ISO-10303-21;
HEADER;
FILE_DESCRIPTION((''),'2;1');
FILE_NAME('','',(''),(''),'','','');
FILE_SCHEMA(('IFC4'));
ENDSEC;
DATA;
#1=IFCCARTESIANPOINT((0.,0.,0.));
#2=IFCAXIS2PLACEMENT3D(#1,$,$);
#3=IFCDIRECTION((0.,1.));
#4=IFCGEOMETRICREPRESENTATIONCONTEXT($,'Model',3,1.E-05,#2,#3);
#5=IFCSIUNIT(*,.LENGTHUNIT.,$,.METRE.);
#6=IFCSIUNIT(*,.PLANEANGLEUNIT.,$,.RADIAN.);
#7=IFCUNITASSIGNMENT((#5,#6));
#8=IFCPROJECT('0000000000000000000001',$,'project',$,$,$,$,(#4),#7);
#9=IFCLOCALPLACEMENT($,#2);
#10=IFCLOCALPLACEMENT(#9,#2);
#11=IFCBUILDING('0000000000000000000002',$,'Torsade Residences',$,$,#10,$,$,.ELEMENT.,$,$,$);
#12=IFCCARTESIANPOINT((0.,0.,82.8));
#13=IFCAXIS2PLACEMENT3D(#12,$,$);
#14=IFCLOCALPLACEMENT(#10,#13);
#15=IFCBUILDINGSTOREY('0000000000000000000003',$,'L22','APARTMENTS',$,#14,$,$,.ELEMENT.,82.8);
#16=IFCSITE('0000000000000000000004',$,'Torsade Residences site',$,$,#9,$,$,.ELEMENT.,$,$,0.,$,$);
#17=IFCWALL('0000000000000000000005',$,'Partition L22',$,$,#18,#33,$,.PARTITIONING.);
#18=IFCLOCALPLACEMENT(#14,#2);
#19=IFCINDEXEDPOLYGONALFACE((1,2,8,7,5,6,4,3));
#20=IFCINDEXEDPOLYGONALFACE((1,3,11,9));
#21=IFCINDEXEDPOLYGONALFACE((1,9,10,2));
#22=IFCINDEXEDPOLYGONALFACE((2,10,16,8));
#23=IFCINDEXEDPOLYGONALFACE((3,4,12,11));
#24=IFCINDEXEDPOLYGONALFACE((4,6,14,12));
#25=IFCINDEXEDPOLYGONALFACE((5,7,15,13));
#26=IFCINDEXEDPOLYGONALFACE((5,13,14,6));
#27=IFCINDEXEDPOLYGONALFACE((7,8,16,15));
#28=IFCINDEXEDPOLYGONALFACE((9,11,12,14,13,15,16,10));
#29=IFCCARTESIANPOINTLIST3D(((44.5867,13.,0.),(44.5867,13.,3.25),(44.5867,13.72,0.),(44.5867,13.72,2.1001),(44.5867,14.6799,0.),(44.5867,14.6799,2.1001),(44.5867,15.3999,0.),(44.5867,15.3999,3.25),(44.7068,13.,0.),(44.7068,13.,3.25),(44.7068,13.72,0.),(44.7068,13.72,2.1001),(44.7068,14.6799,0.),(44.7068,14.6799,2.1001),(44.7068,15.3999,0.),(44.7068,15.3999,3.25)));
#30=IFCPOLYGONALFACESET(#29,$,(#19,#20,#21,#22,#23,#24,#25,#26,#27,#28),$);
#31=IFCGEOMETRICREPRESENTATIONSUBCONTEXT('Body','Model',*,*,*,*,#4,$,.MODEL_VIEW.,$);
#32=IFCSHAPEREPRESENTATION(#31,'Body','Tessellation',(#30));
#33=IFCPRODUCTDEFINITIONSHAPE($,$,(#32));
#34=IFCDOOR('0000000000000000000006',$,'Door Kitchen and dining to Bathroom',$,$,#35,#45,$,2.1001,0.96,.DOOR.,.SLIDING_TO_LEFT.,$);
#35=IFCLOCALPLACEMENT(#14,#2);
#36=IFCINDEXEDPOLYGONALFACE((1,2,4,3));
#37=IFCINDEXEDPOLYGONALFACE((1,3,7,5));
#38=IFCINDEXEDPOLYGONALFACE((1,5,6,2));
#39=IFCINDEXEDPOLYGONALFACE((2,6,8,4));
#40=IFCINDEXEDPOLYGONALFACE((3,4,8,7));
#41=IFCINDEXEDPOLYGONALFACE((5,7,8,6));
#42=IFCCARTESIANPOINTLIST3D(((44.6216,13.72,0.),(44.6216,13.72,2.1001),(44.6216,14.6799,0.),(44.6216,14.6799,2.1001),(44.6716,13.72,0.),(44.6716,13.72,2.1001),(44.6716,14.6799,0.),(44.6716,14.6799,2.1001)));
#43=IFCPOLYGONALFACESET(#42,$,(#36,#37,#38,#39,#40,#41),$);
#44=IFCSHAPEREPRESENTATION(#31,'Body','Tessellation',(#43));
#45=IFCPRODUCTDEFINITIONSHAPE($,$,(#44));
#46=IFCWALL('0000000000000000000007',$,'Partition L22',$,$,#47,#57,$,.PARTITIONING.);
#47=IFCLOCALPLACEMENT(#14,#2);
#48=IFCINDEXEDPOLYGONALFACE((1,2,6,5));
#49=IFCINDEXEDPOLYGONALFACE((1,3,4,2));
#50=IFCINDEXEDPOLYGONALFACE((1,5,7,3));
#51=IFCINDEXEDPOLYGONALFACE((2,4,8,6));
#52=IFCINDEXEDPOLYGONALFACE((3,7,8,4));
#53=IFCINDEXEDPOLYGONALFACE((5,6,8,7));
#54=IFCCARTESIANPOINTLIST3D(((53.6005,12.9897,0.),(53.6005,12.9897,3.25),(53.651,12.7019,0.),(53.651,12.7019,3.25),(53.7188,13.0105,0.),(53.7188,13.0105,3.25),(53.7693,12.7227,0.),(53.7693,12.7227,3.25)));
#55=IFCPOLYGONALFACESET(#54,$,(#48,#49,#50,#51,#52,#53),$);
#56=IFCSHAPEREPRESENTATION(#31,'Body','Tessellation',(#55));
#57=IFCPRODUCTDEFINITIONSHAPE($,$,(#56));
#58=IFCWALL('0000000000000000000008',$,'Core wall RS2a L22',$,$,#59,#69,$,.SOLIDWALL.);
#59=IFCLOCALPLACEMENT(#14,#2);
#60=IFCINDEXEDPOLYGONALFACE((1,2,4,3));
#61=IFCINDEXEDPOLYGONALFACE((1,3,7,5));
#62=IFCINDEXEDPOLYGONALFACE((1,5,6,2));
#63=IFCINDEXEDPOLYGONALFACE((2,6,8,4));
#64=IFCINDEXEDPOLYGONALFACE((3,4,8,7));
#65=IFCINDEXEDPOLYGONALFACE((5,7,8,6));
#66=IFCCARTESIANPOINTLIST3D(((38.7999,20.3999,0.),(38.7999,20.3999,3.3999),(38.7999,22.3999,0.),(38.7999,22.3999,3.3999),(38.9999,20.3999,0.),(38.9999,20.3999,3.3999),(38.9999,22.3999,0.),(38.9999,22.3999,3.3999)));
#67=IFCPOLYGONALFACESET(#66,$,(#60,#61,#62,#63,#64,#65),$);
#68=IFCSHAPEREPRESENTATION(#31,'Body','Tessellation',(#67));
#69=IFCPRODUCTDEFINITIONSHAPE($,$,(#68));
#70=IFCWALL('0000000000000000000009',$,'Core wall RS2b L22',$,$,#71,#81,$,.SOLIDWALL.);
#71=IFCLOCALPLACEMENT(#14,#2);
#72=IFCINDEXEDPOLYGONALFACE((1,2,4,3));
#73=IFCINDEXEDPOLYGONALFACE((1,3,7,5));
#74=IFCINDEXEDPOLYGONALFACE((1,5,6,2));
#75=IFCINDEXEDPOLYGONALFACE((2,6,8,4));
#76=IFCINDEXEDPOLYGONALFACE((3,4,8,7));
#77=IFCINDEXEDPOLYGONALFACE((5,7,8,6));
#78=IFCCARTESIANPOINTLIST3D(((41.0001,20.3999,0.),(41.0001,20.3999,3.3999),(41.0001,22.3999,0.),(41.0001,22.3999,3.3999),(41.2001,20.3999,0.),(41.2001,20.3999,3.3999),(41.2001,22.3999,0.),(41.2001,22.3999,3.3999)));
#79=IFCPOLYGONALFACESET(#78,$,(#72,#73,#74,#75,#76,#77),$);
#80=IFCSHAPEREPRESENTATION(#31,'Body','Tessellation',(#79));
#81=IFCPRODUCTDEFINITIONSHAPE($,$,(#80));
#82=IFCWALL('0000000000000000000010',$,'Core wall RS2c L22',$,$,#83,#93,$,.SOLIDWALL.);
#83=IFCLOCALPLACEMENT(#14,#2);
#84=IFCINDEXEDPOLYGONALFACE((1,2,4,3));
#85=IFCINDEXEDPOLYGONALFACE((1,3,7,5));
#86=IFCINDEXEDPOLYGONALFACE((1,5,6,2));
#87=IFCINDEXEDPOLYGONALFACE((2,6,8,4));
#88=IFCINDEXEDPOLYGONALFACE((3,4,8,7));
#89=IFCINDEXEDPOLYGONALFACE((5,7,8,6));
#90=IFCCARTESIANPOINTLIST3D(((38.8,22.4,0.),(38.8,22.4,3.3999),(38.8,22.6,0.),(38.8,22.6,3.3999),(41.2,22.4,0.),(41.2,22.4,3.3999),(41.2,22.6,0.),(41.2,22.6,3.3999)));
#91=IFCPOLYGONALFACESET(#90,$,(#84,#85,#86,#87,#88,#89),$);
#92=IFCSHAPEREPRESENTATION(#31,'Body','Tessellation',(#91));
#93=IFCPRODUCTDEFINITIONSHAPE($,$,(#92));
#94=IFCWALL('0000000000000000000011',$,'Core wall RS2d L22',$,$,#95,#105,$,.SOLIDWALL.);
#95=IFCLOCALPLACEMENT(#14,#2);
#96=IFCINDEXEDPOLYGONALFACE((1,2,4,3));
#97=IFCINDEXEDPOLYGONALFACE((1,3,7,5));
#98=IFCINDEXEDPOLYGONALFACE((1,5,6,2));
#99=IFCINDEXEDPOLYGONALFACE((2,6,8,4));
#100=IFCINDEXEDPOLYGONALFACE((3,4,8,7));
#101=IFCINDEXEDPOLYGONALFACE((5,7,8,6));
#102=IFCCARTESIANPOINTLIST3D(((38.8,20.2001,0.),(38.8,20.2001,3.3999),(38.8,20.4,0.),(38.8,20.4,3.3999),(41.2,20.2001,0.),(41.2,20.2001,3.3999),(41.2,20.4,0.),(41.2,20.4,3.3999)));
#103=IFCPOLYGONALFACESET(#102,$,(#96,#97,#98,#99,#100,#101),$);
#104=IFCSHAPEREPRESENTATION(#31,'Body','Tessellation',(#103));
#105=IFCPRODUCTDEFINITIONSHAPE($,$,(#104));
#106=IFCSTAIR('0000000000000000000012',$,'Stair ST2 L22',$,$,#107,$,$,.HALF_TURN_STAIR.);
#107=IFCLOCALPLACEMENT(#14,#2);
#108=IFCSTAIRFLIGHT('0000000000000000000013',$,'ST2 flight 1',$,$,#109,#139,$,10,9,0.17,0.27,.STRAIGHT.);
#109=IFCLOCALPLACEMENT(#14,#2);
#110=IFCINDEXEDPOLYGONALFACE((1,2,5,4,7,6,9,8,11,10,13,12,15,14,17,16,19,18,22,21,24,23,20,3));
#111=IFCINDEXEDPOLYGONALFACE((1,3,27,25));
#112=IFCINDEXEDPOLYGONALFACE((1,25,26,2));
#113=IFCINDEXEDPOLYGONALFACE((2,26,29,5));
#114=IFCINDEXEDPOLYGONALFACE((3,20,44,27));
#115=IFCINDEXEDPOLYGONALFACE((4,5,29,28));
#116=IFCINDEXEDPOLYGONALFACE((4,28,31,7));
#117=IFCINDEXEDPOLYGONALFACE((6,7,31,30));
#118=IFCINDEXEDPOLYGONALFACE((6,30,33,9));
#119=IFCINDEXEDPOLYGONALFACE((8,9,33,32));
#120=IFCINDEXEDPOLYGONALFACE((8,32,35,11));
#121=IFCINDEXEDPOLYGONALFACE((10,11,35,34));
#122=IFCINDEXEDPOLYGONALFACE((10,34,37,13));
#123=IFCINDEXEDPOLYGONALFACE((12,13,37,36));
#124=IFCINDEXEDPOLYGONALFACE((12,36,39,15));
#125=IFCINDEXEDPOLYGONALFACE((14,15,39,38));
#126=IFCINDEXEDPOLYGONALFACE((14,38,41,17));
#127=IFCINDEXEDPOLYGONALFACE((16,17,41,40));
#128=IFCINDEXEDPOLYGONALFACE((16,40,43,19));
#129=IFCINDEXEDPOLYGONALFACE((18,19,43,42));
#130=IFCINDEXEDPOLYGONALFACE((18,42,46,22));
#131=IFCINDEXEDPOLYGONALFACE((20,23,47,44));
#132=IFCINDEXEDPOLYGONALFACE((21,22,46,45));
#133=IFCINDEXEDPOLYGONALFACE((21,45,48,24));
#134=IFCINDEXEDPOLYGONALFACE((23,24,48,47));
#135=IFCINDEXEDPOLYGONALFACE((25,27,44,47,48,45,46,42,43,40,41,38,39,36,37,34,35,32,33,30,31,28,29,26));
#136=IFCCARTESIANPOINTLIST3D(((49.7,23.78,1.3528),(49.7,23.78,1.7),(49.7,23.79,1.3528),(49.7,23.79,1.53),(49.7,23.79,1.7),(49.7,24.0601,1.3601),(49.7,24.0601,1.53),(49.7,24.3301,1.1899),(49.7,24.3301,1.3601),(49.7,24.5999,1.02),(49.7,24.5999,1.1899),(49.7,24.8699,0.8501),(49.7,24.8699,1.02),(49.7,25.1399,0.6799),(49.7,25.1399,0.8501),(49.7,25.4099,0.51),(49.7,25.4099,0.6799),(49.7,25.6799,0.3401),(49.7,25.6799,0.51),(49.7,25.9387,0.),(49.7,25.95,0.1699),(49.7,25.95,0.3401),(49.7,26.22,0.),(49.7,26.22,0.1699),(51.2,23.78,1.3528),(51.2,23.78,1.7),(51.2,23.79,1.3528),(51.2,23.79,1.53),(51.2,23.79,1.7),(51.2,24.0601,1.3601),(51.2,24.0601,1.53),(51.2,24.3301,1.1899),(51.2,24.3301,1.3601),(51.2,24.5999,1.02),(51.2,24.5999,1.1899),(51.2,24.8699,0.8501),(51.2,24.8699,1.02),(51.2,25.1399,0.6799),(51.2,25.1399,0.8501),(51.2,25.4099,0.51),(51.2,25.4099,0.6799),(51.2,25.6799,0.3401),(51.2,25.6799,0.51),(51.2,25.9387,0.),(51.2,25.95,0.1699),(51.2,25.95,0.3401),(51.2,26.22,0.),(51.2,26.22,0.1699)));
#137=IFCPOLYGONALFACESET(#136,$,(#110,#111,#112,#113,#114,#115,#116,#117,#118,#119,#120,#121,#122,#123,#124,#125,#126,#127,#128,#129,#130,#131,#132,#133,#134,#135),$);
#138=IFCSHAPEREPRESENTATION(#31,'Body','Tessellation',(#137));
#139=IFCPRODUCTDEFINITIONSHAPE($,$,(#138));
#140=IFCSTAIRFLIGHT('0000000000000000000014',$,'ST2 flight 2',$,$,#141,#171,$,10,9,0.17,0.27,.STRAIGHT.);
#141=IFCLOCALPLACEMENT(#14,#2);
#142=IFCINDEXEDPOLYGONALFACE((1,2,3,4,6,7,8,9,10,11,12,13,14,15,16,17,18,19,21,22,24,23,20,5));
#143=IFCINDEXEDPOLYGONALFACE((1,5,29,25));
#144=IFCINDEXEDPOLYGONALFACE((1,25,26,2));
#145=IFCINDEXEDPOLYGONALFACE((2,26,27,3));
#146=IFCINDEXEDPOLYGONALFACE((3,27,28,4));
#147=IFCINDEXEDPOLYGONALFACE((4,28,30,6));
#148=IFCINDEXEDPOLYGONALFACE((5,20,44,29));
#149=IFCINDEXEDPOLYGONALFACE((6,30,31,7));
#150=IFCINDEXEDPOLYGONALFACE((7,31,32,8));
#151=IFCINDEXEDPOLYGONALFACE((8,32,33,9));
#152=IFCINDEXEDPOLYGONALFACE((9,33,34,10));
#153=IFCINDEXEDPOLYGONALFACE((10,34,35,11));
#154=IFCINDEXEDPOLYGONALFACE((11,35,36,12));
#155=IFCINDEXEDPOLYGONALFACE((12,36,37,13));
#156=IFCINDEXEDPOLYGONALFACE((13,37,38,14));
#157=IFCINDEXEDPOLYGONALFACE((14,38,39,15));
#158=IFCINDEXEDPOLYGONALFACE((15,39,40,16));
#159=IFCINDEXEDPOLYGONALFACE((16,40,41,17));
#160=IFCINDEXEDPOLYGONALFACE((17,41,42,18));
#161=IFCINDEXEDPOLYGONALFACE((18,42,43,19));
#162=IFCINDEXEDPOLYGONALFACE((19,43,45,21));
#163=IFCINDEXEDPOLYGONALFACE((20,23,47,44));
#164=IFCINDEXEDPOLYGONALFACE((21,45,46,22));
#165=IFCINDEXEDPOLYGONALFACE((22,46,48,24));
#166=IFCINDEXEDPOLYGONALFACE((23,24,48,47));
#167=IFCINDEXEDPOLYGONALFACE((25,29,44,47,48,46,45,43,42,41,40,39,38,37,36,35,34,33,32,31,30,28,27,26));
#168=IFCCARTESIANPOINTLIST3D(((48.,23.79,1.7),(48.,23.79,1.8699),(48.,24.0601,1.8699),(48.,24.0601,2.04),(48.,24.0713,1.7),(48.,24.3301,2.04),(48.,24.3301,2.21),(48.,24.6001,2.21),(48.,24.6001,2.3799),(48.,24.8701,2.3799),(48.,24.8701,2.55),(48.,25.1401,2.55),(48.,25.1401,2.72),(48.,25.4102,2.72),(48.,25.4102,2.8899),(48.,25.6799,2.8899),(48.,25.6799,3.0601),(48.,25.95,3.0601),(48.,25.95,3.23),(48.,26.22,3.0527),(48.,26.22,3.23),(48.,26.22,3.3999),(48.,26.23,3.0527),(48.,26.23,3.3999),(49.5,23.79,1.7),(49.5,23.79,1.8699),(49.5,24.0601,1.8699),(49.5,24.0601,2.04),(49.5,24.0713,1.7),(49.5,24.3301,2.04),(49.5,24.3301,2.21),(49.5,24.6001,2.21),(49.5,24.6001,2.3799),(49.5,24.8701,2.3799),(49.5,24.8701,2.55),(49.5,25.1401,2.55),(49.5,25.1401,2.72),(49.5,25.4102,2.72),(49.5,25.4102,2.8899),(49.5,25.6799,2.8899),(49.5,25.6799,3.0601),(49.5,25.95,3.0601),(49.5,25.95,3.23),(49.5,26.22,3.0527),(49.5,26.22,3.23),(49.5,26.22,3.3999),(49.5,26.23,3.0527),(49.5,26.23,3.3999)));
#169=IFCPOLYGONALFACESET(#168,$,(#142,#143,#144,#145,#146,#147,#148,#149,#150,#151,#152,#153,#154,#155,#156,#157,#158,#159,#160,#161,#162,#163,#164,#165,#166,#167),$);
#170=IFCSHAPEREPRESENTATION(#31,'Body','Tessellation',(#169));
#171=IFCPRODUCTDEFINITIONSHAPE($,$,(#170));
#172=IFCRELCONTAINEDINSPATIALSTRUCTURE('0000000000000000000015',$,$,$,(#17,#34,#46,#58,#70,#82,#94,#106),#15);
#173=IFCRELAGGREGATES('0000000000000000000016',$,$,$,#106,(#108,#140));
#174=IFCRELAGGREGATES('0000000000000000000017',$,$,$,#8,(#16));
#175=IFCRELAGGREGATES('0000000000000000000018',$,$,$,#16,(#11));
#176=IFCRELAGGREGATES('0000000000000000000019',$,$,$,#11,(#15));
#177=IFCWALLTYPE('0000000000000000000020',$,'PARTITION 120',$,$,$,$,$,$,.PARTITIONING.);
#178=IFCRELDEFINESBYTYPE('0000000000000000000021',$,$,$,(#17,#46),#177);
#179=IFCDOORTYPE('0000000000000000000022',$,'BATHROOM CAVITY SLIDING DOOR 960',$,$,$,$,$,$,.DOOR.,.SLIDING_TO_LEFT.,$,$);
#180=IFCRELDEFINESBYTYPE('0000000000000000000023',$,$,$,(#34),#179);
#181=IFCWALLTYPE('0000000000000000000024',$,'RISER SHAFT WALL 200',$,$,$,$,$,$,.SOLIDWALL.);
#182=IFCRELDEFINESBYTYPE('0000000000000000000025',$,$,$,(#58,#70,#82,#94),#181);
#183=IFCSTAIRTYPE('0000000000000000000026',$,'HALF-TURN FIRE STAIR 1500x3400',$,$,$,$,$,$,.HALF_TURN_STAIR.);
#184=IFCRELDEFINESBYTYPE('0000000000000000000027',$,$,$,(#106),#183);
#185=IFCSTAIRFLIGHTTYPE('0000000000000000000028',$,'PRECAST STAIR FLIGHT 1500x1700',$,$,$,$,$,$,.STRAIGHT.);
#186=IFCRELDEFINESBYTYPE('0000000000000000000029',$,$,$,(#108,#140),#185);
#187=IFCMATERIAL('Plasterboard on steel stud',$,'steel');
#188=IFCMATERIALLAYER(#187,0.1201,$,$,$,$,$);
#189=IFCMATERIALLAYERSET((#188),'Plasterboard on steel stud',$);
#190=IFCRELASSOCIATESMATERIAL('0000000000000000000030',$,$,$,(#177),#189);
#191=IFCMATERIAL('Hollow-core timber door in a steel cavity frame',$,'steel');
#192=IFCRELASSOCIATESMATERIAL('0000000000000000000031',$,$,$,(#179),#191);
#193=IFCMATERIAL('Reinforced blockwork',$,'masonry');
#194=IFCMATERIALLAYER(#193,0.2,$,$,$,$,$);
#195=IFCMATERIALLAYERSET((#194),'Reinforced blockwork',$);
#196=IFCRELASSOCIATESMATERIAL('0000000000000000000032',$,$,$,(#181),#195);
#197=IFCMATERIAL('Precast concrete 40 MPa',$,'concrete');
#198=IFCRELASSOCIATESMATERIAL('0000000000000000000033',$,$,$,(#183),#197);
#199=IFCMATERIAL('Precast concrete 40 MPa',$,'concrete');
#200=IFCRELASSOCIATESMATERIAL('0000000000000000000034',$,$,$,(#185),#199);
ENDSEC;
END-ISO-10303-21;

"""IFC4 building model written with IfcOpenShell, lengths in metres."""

from ifc_helpers import new_model, si_unit, direction, frame, frame_2d, origin, place, context, subcontext, project, spatial, polyline, rectangle, outline, extrude, material, layer, layer_set, type_object, element, fill, aggregate, save


model = new_model("IFC4")

# Units and contexts
model_context = context("Model", 3, precision=1e-05, world=origin(), true_north=direction((0.0, 1.0)))
body_context = subcontext(model_context, "Body", "Model", "MODEL_VIEW")
ifc_project = project(units=[si_unit("LENGTHUNIT", "METRE"), si_unit("PLANEANGLEUNIT", "RADIAN")], contexts=[model_context])

# Site, building, storey
site_placement = place(None, origin())
site = spatial("IfcSite", under=ifc_project, at=site_placement, Name="Torsade Residences site", CompositionType="ELEMENT", RefElevation=0.0)
building_placement = place(site_placement, origin())
building = spatial("IfcBuilding", under=site, at=building_placement, Name="Torsade Residences", CompositionType="ELEMENT")
storey_placement = place(building_placement, frame((0.0, 0.0, 82.8)))
storey = spatial("IfcBuildingStorey", under=building, at=storey_placement, Name="L22", Description="APARTMENTS", CompositionType="ELEMENT", Elevation=82.8)

# Wall, opening, door
ifc_material_1 = material(Name="Plasterboard on steel stud", Category="steel")
ifc_layer_1 = layer(ifc_material_1, 0.1201)
ifc_layer_set_1 = layer_set([ifc_layer_1], Name="Plasterboard on steel stud")
wall_type_1 = type_object("IfcWallType", Name="PARTITION 120", PredefinedType="PARTITIONING", material=ifc_layer_set_1)
wall_1_placement = place(storey_placement, frame((44.6467, 15.3999, 0.0), z_axis=(0.0, 0.0, 1.0), x_axis=(0.0, -1.0, 0.0)))
wall_1 = element("IfcWall", 1, at=wall_1_placement, inside=storey, type_object=wall_type_1, Name="Partition L22", PredefinedType="PARTITIONING", context=body_context, shape_type="SweptSolid", body=[
    extrude(rectangle(XDim=2.3999, YDim=0.1201, at=frame_2d((1.2, 0.0))), origin(), (0.0, 0.0, 1.0), 3.25),
])
opening_1_placement = place(wall_1_placement, frame((0.72, 0.0, 0.0)))
opening_1 = element("IfcOpeningElement", 2, at=opening_1_placement, cuts=wall_1, PredefinedType="OPENING", context=body_context, shape_type="SweptSolid", body=[
    extrude(rectangle(XDim=0.96, YDim=2.1001, at=frame_2d((0.48, 1.05))), frame((0.0, 0.0701, 0.0), z_axis=(0.0, -1.0, 0.0), x_axis=(1.0, 0.0, 0.0)), (0.0, 0.0, 1.0), 0.1401),
])
ifc_material_2 = material(Name="Hollow-core timber door in a steel cavity frame", Category="steel")
door_type_1 = type_object("IfcDoorType", Name="BATHROOM CAVITY SLIDING DOOR 960", OperationType="SLIDING_TO_LEFT", PredefinedType="DOOR", material=ifc_material_2)
door_1_placement = place(opening_1_placement, origin())
door_1 = element("IfcDoor", 3, at=door_1_placement, inside=storey, type_object=door_type_1, Name="Door Kitchen and dining to Bathroom", OperationType="SLIDING_TO_LEFT", OverallHeight=2.1001, OverallWidth=0.96, PredefinedType="DOOR", context=body_context, shape_type="SweptSolid", body=[
    extrude(rectangle(XDim=0.96, YDim=2.1001, at=frame_2d((0.48, 1.05))), frame((0.0, 0.0249, 0.0), z_axis=(0.0, -1.0, 0.0), x_axis=(1.0, 0.0, 0.0)), (0.0, 0.0, 1.0), 0.05),
])
fill(opening_1, door_1)

# Walls
wall_2_placement = place(storey_placement, frame((53.6597, 13.0, 0.0), z_axis=(0.0, 0.0, 1.0), x_axis=(0.172927, -0.984935, 0.0)))
element("IfcWall", 4, at=wall_2_placement, inside=storey, type_object=wall_type_1, Name="Partition L22", PredefinedType="PARTITIONING", context=body_context, shape_type="SweptSolid", body=[
    extrude(rectangle(XDim=0.2922, YDim=0.1201, at=frame_2d((0.146, 0.0))), origin(), (0.0, 0.0, 1.0), 3.25),
])
ifc_material_3 = material(Name="Reinforced blockwork", Category="masonry")
ifc_layer_2 = layer(ifc_material_3, 0.2)
ifc_layer_set_2 = layer_set([ifc_layer_2], Name="Reinforced blockwork")
wall_type_2 = type_object("IfcWallType", Name="RISER SHAFT WALL 200", PredefinedType="SOLIDWALL", material=ifc_layer_set_2)
for number, where, z_axis, x_axis, name in (
    (5, (38.8999, 22.3999, 0.0), (0.0, 0.0, 1.0), (0.0, -1.0, 0.0), "Core wall RS2a L22"),
    (6, (41.1001, 22.3999, 0.0), (0.0, 0.0, 1.0), (0.0, -1.0, 0.0), "Core wall RS2b L22"),
):
    element("IfcWall", number, at=place(storey_placement, frame(where, z_axis=z_axis, x_axis=x_axis)), inside=storey, type_object=wall_type_2, Name=name, PredefinedType="SOLIDWALL", context=body_context, shape_type="SweptSolid", body=[
        extrude(rectangle(XDim=2.0, YDim=0.2, at=frame_2d((1.0, 0.0))), origin(), (0.0, 0.0, 1.0), 3.3999),
    ])
for number, where, z_axis, x_axis, name in (
    (7, (38.8, 22.5, 0.0), (0.0, 0.0, 1.0), (1.0, 0.0, 0.0), "Core wall RS2c L22"),
    (8, (38.8, 20.3, 0.0), (0.0, 0.0, 1.0), (1.0, 0.0, 0.0), "Core wall RS2d L22"),
):
    element("IfcWall", number, at=place(storey_placement, frame(where, z_axis=z_axis, x_axis=x_axis)), inside=storey, type_object=wall_type_2, Name=name, PredefinedType="SOLIDWALL", context=body_context, shape_type="SweptSolid", body=[
        extrude(rectangle(XDim=2.3999, YDim=0.2, at=frame_2d((1.2, 0.0))), origin(), (0.0, 0.0, 1.0), 3.3999),
    ])

# Stair, stair flights
ifc_material_4 = material(Name="Precast concrete 40 MPa", Category="concrete")
stair_type = type_object("IfcStairType", Name="HALF-TURN FIRE STAIR 1500x3400", PredefinedType="HALF_TURN_STAIR", material=ifc_material_4)
stair_placement = place(storey_placement, origin())
stair = element("IfcStair", 9, at=stair_placement, inside=storey, type_object=stair_type, Name="Stair ST2 L22", PredefinedType="HALF_TURN_STAIR")
ifc_material_5 = material(Name="Precast concrete 40 MPa", Category="concrete")
stair_flight_type = type_object("IfcStairFlightType", Name="PRECAST STAIR FLIGHT 1500x1700", PredefinedType="STRAIGHT", material=ifc_material_5)
stair_flight_1_placement = place(storey_placement, frame((50.45, 26.22, 0.0), z_axis=(0.0, 0.0, 1.0), x_axis=(0.0, -1.0, 0.0)))
stair_flight_1 = element("IfcStairFlight", 10, at=stair_flight_1_placement, type_object=stair_flight_type, Name="ST2 flight 1", NumberOfRisers=10, NumberOfTreads=9, PredefinedType="STRAIGHT", RiserHeight=0.17, TreadLength=0.27, context=body_context, shape_type="SweptSolid", body=[
    extrude(outline(polyline([(0.0, 0.0), (0.0, 0.1699), (0.27, 0.1699), (0.27, 0.3401), (0.54, 0.3401), (0.54, 0.51), (0.8101, 0.51), (0.8101, 0.6799), (1.0801, 0.6799), (1.0801, 0.8501), (1.3501, 0.8501), (1.3501, 1.02), (1.6201, 1.02), (1.6201, 1.1899), (1.8899, 1.1899), (1.8899, 1.3601), (2.1599, 1.3601), (2.1599, 1.53), (2.4299, 1.53), (2.4299, 1.7), (2.4399, 1.7), (2.4399, 1.3528), (2.4299, 1.3528), (0.2812, 0.0), (0.0, 0.0)])), frame((0.0, 0.75, 0.0), z_axis=(0.0, -1.0, 0.0), x_axis=(1.0, 0.0, 0.0)), (0.0, 0.0, 1.0), 1.5),
])
stair_flight_2_placement = place(storey_placement, frame((48.75, 23.79, 1.7), z_axis=(0.0, 0.0, 1.0), x_axis=(0.0, 1.0, 0.0)))
stair_flight_2 = element("IfcStairFlight", 11, at=stair_flight_2_placement, type_object=stair_flight_type, Name="ST2 flight 2", NumberOfRisers=10, NumberOfTreads=9, PredefinedType="STRAIGHT", RiserHeight=0.17, TreadLength=0.27, context=body_context, shape_type="SweptSolid", body=[
    extrude(outline(polyline([(0.0, 0.0), (0.0, 0.1699), (0.27, 0.1699), (0.27, 0.3401), (0.54, 0.3401), (0.54, 0.51), (0.8101, 0.51), (0.8101, 0.6799), (1.0801, 0.6799), (1.0801, 0.8501), (1.3501, 0.8501), (1.3501, 1.02), (1.6201, 1.02), (1.6201, 1.1899), (1.8899, 1.1899), (1.8899, 1.3601), (2.1599, 1.3601), (2.1599, 1.53), (2.4299, 1.53), (2.4299, 1.7), (2.4399, 1.7), (2.4399, 1.3528), (2.4299, 1.3528), (0.2812, 0.0), (0.0, 0.0)])), frame((0.0, 0.75, 0.0), z_axis=(0.0, -1.0, 0.0), x_axis=(1.0, 0.0, 0.0)), (0.0, 0.0, 1.0), 1.5),
])
aggregate(stair, [stair_flight_1, stair_flight_2])

save(model, "model.ifc")
